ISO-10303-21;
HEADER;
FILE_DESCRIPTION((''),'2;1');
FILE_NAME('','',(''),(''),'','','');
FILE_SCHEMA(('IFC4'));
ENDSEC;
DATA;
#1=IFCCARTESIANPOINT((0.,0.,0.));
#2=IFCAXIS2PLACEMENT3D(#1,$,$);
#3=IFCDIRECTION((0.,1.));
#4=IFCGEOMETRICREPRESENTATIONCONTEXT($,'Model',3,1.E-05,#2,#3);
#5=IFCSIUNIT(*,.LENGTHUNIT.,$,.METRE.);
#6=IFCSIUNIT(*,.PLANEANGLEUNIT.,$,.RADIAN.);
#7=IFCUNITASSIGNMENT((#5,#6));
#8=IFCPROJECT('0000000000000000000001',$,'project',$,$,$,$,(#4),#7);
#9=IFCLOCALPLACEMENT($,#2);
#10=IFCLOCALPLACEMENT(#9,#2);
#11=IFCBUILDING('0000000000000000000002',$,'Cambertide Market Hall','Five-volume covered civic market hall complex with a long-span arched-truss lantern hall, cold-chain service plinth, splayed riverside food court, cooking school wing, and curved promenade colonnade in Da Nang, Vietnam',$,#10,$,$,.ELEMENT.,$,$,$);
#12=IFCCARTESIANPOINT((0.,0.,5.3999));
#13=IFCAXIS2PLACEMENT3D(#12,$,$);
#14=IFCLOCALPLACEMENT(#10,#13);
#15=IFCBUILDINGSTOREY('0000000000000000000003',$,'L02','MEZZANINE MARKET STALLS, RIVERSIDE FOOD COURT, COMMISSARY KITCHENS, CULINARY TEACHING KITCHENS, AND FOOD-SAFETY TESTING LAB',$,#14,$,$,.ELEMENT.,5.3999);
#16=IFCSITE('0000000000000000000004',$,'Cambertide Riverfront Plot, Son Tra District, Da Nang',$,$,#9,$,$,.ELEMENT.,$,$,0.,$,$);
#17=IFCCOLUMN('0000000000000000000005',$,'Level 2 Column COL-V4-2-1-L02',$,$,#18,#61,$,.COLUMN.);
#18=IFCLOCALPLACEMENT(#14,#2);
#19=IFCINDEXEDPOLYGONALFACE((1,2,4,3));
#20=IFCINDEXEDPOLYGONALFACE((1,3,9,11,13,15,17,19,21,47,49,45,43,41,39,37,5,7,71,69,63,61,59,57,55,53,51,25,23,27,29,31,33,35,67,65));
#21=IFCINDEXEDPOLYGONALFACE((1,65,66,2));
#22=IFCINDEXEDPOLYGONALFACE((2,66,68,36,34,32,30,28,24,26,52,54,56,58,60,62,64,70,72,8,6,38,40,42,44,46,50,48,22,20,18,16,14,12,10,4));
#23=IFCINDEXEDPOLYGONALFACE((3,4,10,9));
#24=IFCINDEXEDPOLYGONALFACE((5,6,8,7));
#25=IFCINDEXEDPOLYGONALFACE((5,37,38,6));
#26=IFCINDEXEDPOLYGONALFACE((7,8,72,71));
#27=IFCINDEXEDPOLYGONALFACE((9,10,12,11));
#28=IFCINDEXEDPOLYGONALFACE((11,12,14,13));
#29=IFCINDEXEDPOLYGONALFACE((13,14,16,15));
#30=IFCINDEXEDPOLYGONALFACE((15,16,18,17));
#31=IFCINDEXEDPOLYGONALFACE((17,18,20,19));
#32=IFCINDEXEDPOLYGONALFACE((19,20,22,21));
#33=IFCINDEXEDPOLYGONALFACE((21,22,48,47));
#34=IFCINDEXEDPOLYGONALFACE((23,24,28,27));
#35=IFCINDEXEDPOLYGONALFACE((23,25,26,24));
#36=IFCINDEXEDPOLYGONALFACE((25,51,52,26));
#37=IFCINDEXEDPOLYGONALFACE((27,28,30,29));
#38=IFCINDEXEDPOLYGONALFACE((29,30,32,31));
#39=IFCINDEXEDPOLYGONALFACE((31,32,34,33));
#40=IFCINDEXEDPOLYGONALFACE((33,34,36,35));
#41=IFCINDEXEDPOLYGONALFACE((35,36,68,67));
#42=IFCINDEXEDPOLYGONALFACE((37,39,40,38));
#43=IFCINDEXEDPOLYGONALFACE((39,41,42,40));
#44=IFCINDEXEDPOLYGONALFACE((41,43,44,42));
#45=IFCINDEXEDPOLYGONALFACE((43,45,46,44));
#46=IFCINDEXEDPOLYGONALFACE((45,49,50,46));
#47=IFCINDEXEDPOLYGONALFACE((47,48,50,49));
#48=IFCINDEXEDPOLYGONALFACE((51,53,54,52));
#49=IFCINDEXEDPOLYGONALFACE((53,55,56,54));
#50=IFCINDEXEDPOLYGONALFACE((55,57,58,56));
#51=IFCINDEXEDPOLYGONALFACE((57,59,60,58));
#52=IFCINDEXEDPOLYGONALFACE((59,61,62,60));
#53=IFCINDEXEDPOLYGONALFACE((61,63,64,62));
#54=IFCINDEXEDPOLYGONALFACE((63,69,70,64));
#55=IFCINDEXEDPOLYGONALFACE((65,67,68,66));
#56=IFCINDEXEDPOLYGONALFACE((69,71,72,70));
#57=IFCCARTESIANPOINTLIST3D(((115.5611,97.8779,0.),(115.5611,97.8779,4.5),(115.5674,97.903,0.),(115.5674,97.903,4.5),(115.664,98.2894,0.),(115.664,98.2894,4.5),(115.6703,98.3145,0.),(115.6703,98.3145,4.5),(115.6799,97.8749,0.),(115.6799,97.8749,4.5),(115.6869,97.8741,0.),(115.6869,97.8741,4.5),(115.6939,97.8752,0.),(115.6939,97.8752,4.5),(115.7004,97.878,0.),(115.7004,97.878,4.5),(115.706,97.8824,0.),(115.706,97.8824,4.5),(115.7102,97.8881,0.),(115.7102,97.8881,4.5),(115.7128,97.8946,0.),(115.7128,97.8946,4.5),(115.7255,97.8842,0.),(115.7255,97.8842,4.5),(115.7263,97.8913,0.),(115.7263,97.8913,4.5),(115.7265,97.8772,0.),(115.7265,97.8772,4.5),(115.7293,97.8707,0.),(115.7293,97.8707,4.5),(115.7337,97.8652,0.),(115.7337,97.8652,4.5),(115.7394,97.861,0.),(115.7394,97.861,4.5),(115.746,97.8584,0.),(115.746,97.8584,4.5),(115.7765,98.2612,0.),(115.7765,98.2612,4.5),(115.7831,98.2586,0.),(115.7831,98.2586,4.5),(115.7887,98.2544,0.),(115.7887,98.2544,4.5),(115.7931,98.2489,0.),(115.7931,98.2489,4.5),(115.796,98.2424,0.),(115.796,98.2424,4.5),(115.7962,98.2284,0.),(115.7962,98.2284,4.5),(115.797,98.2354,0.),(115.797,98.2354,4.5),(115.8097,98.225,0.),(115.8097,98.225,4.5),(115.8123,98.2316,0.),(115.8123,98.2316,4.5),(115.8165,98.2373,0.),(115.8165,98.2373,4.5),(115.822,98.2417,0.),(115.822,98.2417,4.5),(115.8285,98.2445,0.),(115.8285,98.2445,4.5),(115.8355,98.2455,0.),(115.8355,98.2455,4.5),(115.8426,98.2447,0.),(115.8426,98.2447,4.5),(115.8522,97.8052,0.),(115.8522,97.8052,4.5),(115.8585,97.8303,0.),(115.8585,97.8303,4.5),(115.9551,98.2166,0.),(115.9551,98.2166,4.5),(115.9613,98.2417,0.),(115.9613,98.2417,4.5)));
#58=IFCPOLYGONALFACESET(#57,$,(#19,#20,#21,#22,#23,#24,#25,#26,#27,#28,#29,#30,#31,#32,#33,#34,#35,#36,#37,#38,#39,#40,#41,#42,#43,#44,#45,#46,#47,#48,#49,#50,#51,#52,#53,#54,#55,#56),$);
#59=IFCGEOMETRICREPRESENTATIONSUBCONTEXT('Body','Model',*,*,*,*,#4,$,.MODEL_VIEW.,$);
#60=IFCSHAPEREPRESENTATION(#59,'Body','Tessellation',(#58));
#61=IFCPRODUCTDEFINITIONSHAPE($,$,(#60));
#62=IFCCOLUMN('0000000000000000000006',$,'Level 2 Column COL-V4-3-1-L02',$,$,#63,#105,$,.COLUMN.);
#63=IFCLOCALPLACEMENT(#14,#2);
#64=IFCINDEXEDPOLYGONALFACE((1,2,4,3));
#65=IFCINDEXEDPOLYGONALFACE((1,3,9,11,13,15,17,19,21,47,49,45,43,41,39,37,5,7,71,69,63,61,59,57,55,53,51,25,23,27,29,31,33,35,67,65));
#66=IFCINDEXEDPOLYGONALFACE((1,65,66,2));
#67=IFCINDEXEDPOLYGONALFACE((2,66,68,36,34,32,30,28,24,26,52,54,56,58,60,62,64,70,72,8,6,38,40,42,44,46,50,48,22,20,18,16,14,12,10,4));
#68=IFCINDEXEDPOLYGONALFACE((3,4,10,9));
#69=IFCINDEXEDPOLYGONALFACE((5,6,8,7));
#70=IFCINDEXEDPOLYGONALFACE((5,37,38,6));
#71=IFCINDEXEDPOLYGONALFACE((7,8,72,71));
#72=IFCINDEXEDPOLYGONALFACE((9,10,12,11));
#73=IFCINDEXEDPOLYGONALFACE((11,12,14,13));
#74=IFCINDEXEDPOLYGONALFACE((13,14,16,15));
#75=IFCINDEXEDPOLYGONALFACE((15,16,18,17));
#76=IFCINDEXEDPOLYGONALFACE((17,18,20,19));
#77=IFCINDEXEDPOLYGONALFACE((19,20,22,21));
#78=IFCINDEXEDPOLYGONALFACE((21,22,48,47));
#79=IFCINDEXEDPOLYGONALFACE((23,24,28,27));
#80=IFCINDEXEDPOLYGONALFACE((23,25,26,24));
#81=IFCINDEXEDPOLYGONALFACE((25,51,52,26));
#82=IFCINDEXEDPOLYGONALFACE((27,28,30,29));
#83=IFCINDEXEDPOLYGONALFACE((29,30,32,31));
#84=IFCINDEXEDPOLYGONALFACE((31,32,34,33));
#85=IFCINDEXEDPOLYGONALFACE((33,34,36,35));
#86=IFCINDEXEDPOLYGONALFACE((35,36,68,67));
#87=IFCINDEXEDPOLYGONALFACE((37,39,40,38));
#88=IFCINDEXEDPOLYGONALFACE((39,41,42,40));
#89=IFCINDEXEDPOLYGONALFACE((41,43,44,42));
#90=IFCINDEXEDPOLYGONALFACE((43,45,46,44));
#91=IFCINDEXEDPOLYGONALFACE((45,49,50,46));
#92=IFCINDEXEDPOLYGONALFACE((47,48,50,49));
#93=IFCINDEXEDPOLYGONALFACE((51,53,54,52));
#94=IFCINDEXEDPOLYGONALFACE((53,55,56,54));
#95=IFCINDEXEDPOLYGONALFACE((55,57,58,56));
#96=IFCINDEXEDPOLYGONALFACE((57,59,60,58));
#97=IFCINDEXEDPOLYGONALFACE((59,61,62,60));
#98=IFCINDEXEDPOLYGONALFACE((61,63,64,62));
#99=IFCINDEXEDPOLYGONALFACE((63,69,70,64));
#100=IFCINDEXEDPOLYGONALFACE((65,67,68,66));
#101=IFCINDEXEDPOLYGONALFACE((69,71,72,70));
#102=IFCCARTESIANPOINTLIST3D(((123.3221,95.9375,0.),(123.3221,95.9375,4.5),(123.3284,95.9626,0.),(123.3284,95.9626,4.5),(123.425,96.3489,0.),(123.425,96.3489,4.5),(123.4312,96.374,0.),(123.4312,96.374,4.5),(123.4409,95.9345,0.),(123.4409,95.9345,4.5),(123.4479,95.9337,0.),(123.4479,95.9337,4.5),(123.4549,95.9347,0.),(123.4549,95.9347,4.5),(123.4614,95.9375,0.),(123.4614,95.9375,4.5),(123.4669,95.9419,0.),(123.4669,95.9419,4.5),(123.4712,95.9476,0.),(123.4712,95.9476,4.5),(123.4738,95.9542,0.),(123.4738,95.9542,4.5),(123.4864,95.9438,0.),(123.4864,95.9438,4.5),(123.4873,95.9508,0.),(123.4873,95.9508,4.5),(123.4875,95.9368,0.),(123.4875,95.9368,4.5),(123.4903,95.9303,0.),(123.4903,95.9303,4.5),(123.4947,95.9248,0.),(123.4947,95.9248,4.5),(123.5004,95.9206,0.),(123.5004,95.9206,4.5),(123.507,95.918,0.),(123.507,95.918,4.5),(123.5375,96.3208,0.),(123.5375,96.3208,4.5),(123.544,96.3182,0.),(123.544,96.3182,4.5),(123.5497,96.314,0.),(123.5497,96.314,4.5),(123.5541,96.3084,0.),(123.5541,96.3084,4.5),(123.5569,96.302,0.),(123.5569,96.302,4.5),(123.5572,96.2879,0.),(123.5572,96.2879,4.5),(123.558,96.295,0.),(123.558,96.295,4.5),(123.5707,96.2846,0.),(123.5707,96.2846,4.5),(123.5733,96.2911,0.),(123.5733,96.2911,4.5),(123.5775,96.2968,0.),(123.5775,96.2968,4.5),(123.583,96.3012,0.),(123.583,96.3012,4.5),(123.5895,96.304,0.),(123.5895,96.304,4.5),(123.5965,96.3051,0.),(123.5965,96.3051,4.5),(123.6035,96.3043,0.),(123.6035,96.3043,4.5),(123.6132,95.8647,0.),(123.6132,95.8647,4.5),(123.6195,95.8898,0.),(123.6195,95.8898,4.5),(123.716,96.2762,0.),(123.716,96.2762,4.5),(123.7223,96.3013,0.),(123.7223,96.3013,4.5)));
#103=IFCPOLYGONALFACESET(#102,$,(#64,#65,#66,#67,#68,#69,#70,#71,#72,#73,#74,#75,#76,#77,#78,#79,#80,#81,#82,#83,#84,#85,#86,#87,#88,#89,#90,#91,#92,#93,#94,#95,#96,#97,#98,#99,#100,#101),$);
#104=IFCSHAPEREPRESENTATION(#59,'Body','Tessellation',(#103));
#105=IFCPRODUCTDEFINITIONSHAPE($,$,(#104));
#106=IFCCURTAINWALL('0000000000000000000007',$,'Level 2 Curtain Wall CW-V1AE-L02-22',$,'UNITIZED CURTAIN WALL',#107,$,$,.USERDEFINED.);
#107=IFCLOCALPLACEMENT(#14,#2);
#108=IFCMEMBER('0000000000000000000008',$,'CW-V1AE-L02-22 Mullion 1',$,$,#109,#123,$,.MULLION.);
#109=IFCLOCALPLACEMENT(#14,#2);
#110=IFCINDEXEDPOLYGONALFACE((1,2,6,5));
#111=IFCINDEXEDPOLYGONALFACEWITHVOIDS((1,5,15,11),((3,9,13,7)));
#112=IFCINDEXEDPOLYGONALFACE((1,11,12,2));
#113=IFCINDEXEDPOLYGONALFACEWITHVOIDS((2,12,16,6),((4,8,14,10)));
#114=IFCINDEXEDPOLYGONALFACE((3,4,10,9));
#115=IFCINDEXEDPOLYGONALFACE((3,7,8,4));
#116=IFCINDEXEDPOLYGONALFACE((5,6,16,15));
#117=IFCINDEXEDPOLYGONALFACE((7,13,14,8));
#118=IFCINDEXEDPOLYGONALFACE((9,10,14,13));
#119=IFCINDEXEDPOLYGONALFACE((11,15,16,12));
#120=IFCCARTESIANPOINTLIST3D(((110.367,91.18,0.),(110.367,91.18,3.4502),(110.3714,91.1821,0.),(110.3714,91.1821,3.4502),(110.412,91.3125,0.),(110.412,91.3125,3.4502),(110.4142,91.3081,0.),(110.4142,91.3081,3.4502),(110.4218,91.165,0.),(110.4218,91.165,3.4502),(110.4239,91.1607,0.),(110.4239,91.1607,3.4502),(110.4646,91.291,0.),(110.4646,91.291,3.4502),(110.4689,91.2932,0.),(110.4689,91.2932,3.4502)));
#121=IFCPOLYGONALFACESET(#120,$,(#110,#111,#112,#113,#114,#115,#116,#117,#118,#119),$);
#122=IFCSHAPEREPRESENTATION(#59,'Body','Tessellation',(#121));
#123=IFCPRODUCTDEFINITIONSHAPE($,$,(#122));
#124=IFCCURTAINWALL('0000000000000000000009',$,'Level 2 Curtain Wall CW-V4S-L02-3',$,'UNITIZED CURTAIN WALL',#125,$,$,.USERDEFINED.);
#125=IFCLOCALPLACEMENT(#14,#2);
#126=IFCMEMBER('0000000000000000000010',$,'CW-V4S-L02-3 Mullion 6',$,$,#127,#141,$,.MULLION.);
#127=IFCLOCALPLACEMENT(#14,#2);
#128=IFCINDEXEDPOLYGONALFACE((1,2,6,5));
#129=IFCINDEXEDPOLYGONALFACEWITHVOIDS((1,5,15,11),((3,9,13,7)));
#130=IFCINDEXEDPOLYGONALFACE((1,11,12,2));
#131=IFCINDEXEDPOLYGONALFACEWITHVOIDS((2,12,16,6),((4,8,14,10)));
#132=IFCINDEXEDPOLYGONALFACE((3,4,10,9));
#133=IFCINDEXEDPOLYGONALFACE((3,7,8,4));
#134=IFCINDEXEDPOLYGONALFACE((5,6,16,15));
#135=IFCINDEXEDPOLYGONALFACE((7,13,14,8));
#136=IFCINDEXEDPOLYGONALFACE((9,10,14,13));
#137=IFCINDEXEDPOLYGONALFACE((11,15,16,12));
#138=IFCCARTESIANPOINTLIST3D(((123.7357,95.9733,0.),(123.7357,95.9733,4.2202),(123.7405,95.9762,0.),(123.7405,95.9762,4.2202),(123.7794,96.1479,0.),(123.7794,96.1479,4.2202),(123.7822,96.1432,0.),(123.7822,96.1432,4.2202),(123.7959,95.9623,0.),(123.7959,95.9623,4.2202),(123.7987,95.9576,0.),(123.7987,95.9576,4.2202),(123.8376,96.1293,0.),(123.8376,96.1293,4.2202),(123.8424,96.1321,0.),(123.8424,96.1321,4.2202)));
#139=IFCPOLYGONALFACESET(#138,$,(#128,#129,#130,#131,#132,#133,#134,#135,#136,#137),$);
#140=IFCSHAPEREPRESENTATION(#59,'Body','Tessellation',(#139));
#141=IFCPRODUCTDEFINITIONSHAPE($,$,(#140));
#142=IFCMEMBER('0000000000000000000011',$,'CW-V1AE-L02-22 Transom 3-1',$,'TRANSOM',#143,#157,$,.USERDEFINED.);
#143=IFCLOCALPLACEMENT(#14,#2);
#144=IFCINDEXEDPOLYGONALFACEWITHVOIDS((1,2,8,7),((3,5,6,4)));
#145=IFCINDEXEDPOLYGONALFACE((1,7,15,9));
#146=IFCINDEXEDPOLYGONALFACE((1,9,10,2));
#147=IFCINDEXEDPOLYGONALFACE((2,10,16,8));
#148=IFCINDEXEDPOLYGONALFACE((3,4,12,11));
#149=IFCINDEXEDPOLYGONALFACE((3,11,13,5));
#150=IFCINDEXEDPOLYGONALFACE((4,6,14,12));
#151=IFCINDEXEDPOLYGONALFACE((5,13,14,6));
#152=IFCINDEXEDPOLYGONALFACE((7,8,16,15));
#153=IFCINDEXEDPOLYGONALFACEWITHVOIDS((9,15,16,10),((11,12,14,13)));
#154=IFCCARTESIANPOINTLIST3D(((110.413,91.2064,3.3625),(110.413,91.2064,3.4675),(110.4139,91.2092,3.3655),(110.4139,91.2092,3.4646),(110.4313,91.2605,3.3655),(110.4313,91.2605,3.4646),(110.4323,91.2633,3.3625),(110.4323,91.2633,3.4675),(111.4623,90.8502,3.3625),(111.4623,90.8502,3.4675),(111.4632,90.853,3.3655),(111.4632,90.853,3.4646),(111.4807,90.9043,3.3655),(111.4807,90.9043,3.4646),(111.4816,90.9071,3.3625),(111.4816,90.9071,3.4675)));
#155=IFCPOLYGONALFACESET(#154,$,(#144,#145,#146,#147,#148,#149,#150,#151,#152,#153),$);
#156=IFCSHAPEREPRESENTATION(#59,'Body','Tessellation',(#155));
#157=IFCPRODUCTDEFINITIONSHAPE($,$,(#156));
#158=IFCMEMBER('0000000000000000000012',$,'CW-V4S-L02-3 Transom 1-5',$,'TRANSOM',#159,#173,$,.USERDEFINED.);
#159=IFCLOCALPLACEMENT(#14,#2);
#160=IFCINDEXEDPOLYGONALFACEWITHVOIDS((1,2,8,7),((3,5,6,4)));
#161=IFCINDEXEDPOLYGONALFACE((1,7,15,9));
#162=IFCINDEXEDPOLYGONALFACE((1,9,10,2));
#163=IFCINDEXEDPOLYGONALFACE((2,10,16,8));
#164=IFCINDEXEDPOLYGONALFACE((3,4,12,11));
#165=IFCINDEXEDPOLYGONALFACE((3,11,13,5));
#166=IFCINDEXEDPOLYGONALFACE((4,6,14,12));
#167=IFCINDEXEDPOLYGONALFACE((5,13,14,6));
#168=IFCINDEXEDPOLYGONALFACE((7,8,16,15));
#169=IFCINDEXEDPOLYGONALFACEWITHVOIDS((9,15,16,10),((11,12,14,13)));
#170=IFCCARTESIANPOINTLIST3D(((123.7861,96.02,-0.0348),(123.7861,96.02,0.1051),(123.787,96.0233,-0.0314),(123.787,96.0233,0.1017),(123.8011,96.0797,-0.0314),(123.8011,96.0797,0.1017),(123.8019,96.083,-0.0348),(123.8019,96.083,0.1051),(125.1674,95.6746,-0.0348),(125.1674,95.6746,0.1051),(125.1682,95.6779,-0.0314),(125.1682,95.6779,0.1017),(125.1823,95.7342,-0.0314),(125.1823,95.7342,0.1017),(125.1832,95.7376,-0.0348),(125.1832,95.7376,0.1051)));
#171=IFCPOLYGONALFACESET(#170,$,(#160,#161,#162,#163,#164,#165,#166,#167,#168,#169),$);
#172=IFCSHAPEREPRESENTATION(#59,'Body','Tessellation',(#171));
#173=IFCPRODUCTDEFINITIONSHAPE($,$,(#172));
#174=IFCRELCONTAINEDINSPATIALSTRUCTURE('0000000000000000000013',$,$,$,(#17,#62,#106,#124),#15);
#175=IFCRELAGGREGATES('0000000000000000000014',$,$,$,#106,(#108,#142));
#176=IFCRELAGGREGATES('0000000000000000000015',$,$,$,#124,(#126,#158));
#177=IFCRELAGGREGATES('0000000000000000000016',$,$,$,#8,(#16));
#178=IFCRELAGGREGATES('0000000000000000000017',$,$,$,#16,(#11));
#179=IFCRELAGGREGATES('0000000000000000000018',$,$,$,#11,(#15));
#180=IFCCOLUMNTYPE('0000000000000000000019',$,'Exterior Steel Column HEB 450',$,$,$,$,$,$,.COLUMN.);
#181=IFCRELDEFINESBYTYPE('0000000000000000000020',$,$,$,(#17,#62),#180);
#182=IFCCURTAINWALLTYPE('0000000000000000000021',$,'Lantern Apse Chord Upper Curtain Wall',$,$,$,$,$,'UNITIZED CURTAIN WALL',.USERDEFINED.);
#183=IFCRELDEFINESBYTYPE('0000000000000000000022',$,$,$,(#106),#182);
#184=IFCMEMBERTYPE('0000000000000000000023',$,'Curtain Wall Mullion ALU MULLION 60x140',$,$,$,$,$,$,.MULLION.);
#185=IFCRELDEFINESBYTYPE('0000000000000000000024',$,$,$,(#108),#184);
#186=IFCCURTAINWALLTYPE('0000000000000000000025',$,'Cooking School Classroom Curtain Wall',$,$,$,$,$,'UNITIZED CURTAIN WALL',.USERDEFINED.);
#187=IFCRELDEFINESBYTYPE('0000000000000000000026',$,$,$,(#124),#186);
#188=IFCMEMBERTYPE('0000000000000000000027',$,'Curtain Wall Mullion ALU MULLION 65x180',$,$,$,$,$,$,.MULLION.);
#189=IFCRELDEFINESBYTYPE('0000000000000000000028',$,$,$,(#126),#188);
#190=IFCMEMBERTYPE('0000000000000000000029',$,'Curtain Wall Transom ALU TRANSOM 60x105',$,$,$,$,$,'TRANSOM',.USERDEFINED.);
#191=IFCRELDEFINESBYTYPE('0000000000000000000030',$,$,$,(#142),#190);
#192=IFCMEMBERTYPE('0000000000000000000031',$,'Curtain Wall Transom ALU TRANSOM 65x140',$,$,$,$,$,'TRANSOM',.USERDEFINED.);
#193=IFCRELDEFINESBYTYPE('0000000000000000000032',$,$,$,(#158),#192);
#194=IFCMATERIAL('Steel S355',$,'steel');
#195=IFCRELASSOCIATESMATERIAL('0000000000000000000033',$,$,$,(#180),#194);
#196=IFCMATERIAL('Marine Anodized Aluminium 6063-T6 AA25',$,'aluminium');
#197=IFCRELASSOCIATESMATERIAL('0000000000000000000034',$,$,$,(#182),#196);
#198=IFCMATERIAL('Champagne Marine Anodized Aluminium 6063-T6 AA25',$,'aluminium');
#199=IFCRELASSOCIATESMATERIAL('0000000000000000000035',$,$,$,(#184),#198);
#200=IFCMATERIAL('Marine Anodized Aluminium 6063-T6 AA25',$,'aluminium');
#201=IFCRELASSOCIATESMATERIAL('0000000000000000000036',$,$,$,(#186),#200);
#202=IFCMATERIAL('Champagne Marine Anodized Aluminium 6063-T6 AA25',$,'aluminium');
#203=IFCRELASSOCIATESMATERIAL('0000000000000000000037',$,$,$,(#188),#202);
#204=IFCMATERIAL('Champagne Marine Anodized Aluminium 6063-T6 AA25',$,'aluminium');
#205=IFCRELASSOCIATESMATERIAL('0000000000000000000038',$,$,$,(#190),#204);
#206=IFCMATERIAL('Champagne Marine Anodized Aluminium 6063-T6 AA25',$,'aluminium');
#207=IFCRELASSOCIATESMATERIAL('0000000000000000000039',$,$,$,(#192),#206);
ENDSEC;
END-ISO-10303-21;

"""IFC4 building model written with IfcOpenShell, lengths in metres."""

from ifc_helpers import new_model, si_unit, direction, frame, origin, origin_2d, place, context, subcontext, project, spatial, hollow_rectangle, i_section, extrude, material, material_profile, profile_set, type_object, element, aggregate, save


model = new_model("IFC4")

# Units and contexts
model_context = context("Model", 3, precision=1e-05, world=origin(), true_north=direction((0.0, 1.0)))
body_context = subcontext(model_context, "Body", "Model", "MODEL_VIEW")
ifc_project = project(units=[si_unit("LENGTHUNIT", "METRE"), si_unit("PLANEANGLEUNIT", "RADIAN")], contexts=[model_context])

# Site, building, storey
site_placement = place(None, origin())
site = spatial("IfcSite", under=ifc_project, at=site_placement, Name="Cambertide Riverfront Plot, Son Tra District, Da Nang", CompositionType="ELEMENT", RefElevation=0.0)
building_placement = place(site_placement, origin())
building = spatial("IfcBuilding", under=site, at=building_placement, Name="Cambertide Market Hall", Description="Five-volume covered civic market hall complex with a long-span arched-truss lantern hall, cold-chain service plinth, splayed riverside food court, cooking school wing, and curved promenade colonnade in Da Nang, Vietnam", CompositionType="ELEMENT")
storey_placement = place(building_placement, frame((0.0, 0.0, 5.3999)))
storey = spatial("IfcBuildingStorey", under=building, at=storey_placement, Name="L02", Description="MEZZANINE MARKET STALLS, RIVERSIDE FOOD COURT, COMMISSARY KITCHENS, CULINARY TEACHING KITCHENS, AND FOOD-SAFETY TESTING LAB", CompositionType="ELEMENT", Elevation=5.3999)

# Columns
ifc_material_1 = material(Name="Steel S355", Category="steel")
ifc_material_profile_1 = material_profile(ifc_material_1, i_section(OverallWidth=0.3, OverallDepth=0.45, WebThickness=0.0139, FlangeThickness=0.0259, FilletRadius=0.0271, at=origin_2d()), Name="HEB 450")
ifc_profile_set_1 = profile_set([ifc_material_profile_1], Name="Steel S355")
column_type = type_object("IfcColumnType", Name="Exterior Steel Column HEB 450", PredefinedType="COLUMN", material=ifc_profile_set_1)
for number, where, z_axis, x_axis, name in (
    (1, (115.7612, 98.0598, 0.0), (0.0, 0.0, 1.0), (0.970143, -0.242536, 0.0), "Level 2 Column COL-V4-2-1-L02"),
    (2, (123.5222, 96.1194, 0.0), (0.0, 0.0, 1.0), (0.970143, -0.242536, 0.0), "Level 2 Column COL-V4-3-1-L02"),
):
    element("IfcColumn", number, at=place(storey_placement, frame(where, z_axis=z_axis, x_axis=x_axis)), inside=storey, type_object=column_type, Name=name, PredefinedType="COLUMN", context=body_context, shape_type="SweptSolid", body=[
        extrude(i_section(OverallWidth=0.3, OverallDepth=0.45, WebThickness=0.0139, FlangeThickness=0.0259, FilletRadius=0.0271, at=origin_2d()), origin(), (0.0, 0.0, 1.0), 4.5),
    ])

# Curtain walls, members
ifc_material_2 = material(Name="Marine Anodized Aluminium 6063-T6 AA25", Category="aluminium")
curtain_wall_type_1 = type_object("IfcCurtainWallType", Name="Lantern Apse Chord Upper Curtain Wall", ElementType="UNITIZED CURTAIN WALL", PredefinedType="USERDEFINED", material=ifc_material_2)
curtain_wall_1_placement = place(storey_placement, origin())
curtain_wall_1 = element("IfcCurtainWall", 3, at=curtain_wall_1_placement, inside=storey, type_object=curtain_wall_type_1, Name="Level 2 Curtain Wall CW-V1AE-L02-22", ObjectType="UNITIZED CURTAIN WALL", PredefinedType="USERDEFINED")
ifc_material_3 = material(Name="Champagne Marine Anodized Aluminium 6063-T6 AA25", Category="aluminium")
ifc_material_profile_2 = material_profile(ifc_material_3, hollow_rectangle(XDim=0.0601, YDim=0.1399, WallThickness=0.0034, at=origin_2d()), Name="ALU MULLION 60x140")
ifc_profile_set_2 = profile_set([ifc_material_profile_2], Name="Champagne Marine Anodized Aluminium 6063-T6 AA25")
member_type_1 = type_object("IfcMemberType", Name="Curtain Wall Mullion ALU MULLION 60x140", PredefinedType="MULLION", material=ifc_profile_set_2)
member_1_placement = place(storey_placement, frame((110.418, 91.2366, 0.0), z_axis=(0.0, 0.0, 1.0), x_axis=(0.94693, -0.321439, 0.0)))
member_1 = element("IfcMember", 4, at=member_1_placement, type_object=member_type_1, Name="CW-V1AE-L02-22 Mullion 1", PredefinedType="MULLION", context=body_context, shape_type="SweptSolid", body=[
    extrude(hollow_rectangle(XDim=0.0601, YDim=0.1399, WallThickness=0.0034, at=origin_2d()), origin(), (0.0, 0.0, 1.0), 3.4502),
])
ifc_material_4 = material(Name="Marine Anodized Aluminium 6063-T6 AA25", Category="aluminium")
curtain_wall_type_2 = type_object("IfcCurtainWallType", Name="Cooking School Classroom Curtain Wall", ElementType="UNITIZED CURTAIN WALL", PredefinedType="USERDEFINED", material=ifc_material_4)
curtain_wall_2_placement = place(storey_placement, origin())
curtain_wall_2 = element("IfcCurtainWall", 5, at=curtain_wall_2_placement, inside=storey, type_object=curtain_wall_type_2, Name="Level 2 Curtain Wall CW-V4S-L02-3", ObjectType="UNITIZED CURTAIN WALL", PredefinedType="USERDEFINED")
ifc_material_5 = material(Name="Champagne Marine Anodized Aluminium 6063-T6 AA25", Category="aluminium")
ifc_material_profile_3 = material_profile(ifc_material_5, hollow_rectangle(XDim=0.0649, YDim=0.1799, WallThickness=0.0039, at=origin_2d()), Name="ALU MULLION 65x180")
ifc_profile_set_3 = profile_set([ifc_material_profile_3], Name="Champagne Marine Anodized Aluminium 6063-T6 AA25")
member_type_2 = type_object("IfcMemberType", Name="Curtain Wall Mullion ALU MULLION 65x180", PredefinedType="MULLION", material=ifc_profile_set_3)
member_2_placement = place(storey_placement, frame((123.7891, 96.0527, 0.0), z_axis=(0.0, 0.0, 1.0), x_axis=(-0.970143, 0.242535, 0.0)))
member_2 = element("IfcMember", 6, at=member_2_placement, type_object=member_type_2, Name="CW-V4S-L02-3 Mullion 6", PredefinedType="MULLION", context=body_context, shape_type="SweptSolid", body=[
    extrude(hollow_rectangle(XDim=0.0649, YDim=0.1799, WallThickness=0.0039, at=origin_2d()), origin(), (0.0, 0.0, 1.0), 4.2202),
])

# Members
ifc_material_6 = material(Name="Champagne Marine Anodized Aluminium 6063-T6 AA25", Category="aluminium")
ifc_material_profile_4 = material_profile(ifc_material_6, hollow_rectangle(XDim=0.0601, YDim=0.105, WallThickness=0.0029, at=origin_2d()), Name="ALU TRANSOM 60x105")
ifc_profile_set_4 = profile_set([ifc_material_profile_4], Name="Champagne Marine Anodized Aluminium 6063-T6 AA25")
member_type_3 = type_object("IfcMemberType", Name="Curtain Wall Transom ALU TRANSOM 60x105", ElementType="TRANSOM", PredefinedType="USERDEFINED", material=ifc_profile_set_4)
member_3_placement = place(storey_placement, frame((110.4226, 91.2349, 3.415), z_axis=(0.946928, -0.321445, 0.0), x_axis=(0.321445, 0.946928, 0.0)))
member_3 = element("IfcMember", 7, at=member_3_placement, type_object=member_type_3, Name="CW-V1AE-L02-22 Transom 3-1", ObjectType="TRANSOM", PredefinedType="USERDEFINED", context=body_context, shape_type="SweptSolid", body=[
    extrude(hollow_rectangle(XDim=0.0601, YDim=0.105, WallThickness=0.0029, at=origin_2d()), origin(), (0.0, 0.0, 1.0), 1.1082),
])
aggregate(curtain_wall_1, [member_1, member_3])
ifc_material_7 = material(Name="Champagne Marine Anodized Aluminium 6063-T6 AA25", Category="aluminium")
ifc_material_profile_5 = material_profile(ifc_material_7, hollow_rectangle(XDim=0.0649, YDim=0.1399, WallThickness=0.0034, at=origin_2d()), Name="ALU TRANSOM 65x140")
ifc_profile_set_5 = profile_set([ifc_material_profile_5], Name="Champagne Marine Anodized Aluminium 6063-T6 AA25")
member_type_4 = type_object("IfcMemberType", Name="Curtain Wall Transom ALU TRANSOM 65x140", ElementType="TRANSOM", PredefinedType="USERDEFINED", material=ifc_profile_set_5)
member_4_placement = place(storey_placement, frame((125.1753, 95.7061, 0.0352), z_axis=(-0.970122, 0.242616, 0.0), x_axis=(-0.242616, -0.970122, 0.0)))
member_4 = element("IfcMember", 8, at=member_4_placement, type_object=member_type_4, Name="CW-V4S-L02-3 Transom 1-5", ObjectType="TRANSOM", PredefinedType="USERDEFINED", context=body_context, shape_type="SweptSolid", body=[
    extrude(hollow_rectangle(XDim=0.0649, YDim=0.1399, WallThickness=0.0034, at=origin_2d()), origin(), (0.0, 0.0, 1.0), 1.4238),
])

aggregate(curtain_wall_2, [member_2, member_4])

save(model, "model.ifc")
